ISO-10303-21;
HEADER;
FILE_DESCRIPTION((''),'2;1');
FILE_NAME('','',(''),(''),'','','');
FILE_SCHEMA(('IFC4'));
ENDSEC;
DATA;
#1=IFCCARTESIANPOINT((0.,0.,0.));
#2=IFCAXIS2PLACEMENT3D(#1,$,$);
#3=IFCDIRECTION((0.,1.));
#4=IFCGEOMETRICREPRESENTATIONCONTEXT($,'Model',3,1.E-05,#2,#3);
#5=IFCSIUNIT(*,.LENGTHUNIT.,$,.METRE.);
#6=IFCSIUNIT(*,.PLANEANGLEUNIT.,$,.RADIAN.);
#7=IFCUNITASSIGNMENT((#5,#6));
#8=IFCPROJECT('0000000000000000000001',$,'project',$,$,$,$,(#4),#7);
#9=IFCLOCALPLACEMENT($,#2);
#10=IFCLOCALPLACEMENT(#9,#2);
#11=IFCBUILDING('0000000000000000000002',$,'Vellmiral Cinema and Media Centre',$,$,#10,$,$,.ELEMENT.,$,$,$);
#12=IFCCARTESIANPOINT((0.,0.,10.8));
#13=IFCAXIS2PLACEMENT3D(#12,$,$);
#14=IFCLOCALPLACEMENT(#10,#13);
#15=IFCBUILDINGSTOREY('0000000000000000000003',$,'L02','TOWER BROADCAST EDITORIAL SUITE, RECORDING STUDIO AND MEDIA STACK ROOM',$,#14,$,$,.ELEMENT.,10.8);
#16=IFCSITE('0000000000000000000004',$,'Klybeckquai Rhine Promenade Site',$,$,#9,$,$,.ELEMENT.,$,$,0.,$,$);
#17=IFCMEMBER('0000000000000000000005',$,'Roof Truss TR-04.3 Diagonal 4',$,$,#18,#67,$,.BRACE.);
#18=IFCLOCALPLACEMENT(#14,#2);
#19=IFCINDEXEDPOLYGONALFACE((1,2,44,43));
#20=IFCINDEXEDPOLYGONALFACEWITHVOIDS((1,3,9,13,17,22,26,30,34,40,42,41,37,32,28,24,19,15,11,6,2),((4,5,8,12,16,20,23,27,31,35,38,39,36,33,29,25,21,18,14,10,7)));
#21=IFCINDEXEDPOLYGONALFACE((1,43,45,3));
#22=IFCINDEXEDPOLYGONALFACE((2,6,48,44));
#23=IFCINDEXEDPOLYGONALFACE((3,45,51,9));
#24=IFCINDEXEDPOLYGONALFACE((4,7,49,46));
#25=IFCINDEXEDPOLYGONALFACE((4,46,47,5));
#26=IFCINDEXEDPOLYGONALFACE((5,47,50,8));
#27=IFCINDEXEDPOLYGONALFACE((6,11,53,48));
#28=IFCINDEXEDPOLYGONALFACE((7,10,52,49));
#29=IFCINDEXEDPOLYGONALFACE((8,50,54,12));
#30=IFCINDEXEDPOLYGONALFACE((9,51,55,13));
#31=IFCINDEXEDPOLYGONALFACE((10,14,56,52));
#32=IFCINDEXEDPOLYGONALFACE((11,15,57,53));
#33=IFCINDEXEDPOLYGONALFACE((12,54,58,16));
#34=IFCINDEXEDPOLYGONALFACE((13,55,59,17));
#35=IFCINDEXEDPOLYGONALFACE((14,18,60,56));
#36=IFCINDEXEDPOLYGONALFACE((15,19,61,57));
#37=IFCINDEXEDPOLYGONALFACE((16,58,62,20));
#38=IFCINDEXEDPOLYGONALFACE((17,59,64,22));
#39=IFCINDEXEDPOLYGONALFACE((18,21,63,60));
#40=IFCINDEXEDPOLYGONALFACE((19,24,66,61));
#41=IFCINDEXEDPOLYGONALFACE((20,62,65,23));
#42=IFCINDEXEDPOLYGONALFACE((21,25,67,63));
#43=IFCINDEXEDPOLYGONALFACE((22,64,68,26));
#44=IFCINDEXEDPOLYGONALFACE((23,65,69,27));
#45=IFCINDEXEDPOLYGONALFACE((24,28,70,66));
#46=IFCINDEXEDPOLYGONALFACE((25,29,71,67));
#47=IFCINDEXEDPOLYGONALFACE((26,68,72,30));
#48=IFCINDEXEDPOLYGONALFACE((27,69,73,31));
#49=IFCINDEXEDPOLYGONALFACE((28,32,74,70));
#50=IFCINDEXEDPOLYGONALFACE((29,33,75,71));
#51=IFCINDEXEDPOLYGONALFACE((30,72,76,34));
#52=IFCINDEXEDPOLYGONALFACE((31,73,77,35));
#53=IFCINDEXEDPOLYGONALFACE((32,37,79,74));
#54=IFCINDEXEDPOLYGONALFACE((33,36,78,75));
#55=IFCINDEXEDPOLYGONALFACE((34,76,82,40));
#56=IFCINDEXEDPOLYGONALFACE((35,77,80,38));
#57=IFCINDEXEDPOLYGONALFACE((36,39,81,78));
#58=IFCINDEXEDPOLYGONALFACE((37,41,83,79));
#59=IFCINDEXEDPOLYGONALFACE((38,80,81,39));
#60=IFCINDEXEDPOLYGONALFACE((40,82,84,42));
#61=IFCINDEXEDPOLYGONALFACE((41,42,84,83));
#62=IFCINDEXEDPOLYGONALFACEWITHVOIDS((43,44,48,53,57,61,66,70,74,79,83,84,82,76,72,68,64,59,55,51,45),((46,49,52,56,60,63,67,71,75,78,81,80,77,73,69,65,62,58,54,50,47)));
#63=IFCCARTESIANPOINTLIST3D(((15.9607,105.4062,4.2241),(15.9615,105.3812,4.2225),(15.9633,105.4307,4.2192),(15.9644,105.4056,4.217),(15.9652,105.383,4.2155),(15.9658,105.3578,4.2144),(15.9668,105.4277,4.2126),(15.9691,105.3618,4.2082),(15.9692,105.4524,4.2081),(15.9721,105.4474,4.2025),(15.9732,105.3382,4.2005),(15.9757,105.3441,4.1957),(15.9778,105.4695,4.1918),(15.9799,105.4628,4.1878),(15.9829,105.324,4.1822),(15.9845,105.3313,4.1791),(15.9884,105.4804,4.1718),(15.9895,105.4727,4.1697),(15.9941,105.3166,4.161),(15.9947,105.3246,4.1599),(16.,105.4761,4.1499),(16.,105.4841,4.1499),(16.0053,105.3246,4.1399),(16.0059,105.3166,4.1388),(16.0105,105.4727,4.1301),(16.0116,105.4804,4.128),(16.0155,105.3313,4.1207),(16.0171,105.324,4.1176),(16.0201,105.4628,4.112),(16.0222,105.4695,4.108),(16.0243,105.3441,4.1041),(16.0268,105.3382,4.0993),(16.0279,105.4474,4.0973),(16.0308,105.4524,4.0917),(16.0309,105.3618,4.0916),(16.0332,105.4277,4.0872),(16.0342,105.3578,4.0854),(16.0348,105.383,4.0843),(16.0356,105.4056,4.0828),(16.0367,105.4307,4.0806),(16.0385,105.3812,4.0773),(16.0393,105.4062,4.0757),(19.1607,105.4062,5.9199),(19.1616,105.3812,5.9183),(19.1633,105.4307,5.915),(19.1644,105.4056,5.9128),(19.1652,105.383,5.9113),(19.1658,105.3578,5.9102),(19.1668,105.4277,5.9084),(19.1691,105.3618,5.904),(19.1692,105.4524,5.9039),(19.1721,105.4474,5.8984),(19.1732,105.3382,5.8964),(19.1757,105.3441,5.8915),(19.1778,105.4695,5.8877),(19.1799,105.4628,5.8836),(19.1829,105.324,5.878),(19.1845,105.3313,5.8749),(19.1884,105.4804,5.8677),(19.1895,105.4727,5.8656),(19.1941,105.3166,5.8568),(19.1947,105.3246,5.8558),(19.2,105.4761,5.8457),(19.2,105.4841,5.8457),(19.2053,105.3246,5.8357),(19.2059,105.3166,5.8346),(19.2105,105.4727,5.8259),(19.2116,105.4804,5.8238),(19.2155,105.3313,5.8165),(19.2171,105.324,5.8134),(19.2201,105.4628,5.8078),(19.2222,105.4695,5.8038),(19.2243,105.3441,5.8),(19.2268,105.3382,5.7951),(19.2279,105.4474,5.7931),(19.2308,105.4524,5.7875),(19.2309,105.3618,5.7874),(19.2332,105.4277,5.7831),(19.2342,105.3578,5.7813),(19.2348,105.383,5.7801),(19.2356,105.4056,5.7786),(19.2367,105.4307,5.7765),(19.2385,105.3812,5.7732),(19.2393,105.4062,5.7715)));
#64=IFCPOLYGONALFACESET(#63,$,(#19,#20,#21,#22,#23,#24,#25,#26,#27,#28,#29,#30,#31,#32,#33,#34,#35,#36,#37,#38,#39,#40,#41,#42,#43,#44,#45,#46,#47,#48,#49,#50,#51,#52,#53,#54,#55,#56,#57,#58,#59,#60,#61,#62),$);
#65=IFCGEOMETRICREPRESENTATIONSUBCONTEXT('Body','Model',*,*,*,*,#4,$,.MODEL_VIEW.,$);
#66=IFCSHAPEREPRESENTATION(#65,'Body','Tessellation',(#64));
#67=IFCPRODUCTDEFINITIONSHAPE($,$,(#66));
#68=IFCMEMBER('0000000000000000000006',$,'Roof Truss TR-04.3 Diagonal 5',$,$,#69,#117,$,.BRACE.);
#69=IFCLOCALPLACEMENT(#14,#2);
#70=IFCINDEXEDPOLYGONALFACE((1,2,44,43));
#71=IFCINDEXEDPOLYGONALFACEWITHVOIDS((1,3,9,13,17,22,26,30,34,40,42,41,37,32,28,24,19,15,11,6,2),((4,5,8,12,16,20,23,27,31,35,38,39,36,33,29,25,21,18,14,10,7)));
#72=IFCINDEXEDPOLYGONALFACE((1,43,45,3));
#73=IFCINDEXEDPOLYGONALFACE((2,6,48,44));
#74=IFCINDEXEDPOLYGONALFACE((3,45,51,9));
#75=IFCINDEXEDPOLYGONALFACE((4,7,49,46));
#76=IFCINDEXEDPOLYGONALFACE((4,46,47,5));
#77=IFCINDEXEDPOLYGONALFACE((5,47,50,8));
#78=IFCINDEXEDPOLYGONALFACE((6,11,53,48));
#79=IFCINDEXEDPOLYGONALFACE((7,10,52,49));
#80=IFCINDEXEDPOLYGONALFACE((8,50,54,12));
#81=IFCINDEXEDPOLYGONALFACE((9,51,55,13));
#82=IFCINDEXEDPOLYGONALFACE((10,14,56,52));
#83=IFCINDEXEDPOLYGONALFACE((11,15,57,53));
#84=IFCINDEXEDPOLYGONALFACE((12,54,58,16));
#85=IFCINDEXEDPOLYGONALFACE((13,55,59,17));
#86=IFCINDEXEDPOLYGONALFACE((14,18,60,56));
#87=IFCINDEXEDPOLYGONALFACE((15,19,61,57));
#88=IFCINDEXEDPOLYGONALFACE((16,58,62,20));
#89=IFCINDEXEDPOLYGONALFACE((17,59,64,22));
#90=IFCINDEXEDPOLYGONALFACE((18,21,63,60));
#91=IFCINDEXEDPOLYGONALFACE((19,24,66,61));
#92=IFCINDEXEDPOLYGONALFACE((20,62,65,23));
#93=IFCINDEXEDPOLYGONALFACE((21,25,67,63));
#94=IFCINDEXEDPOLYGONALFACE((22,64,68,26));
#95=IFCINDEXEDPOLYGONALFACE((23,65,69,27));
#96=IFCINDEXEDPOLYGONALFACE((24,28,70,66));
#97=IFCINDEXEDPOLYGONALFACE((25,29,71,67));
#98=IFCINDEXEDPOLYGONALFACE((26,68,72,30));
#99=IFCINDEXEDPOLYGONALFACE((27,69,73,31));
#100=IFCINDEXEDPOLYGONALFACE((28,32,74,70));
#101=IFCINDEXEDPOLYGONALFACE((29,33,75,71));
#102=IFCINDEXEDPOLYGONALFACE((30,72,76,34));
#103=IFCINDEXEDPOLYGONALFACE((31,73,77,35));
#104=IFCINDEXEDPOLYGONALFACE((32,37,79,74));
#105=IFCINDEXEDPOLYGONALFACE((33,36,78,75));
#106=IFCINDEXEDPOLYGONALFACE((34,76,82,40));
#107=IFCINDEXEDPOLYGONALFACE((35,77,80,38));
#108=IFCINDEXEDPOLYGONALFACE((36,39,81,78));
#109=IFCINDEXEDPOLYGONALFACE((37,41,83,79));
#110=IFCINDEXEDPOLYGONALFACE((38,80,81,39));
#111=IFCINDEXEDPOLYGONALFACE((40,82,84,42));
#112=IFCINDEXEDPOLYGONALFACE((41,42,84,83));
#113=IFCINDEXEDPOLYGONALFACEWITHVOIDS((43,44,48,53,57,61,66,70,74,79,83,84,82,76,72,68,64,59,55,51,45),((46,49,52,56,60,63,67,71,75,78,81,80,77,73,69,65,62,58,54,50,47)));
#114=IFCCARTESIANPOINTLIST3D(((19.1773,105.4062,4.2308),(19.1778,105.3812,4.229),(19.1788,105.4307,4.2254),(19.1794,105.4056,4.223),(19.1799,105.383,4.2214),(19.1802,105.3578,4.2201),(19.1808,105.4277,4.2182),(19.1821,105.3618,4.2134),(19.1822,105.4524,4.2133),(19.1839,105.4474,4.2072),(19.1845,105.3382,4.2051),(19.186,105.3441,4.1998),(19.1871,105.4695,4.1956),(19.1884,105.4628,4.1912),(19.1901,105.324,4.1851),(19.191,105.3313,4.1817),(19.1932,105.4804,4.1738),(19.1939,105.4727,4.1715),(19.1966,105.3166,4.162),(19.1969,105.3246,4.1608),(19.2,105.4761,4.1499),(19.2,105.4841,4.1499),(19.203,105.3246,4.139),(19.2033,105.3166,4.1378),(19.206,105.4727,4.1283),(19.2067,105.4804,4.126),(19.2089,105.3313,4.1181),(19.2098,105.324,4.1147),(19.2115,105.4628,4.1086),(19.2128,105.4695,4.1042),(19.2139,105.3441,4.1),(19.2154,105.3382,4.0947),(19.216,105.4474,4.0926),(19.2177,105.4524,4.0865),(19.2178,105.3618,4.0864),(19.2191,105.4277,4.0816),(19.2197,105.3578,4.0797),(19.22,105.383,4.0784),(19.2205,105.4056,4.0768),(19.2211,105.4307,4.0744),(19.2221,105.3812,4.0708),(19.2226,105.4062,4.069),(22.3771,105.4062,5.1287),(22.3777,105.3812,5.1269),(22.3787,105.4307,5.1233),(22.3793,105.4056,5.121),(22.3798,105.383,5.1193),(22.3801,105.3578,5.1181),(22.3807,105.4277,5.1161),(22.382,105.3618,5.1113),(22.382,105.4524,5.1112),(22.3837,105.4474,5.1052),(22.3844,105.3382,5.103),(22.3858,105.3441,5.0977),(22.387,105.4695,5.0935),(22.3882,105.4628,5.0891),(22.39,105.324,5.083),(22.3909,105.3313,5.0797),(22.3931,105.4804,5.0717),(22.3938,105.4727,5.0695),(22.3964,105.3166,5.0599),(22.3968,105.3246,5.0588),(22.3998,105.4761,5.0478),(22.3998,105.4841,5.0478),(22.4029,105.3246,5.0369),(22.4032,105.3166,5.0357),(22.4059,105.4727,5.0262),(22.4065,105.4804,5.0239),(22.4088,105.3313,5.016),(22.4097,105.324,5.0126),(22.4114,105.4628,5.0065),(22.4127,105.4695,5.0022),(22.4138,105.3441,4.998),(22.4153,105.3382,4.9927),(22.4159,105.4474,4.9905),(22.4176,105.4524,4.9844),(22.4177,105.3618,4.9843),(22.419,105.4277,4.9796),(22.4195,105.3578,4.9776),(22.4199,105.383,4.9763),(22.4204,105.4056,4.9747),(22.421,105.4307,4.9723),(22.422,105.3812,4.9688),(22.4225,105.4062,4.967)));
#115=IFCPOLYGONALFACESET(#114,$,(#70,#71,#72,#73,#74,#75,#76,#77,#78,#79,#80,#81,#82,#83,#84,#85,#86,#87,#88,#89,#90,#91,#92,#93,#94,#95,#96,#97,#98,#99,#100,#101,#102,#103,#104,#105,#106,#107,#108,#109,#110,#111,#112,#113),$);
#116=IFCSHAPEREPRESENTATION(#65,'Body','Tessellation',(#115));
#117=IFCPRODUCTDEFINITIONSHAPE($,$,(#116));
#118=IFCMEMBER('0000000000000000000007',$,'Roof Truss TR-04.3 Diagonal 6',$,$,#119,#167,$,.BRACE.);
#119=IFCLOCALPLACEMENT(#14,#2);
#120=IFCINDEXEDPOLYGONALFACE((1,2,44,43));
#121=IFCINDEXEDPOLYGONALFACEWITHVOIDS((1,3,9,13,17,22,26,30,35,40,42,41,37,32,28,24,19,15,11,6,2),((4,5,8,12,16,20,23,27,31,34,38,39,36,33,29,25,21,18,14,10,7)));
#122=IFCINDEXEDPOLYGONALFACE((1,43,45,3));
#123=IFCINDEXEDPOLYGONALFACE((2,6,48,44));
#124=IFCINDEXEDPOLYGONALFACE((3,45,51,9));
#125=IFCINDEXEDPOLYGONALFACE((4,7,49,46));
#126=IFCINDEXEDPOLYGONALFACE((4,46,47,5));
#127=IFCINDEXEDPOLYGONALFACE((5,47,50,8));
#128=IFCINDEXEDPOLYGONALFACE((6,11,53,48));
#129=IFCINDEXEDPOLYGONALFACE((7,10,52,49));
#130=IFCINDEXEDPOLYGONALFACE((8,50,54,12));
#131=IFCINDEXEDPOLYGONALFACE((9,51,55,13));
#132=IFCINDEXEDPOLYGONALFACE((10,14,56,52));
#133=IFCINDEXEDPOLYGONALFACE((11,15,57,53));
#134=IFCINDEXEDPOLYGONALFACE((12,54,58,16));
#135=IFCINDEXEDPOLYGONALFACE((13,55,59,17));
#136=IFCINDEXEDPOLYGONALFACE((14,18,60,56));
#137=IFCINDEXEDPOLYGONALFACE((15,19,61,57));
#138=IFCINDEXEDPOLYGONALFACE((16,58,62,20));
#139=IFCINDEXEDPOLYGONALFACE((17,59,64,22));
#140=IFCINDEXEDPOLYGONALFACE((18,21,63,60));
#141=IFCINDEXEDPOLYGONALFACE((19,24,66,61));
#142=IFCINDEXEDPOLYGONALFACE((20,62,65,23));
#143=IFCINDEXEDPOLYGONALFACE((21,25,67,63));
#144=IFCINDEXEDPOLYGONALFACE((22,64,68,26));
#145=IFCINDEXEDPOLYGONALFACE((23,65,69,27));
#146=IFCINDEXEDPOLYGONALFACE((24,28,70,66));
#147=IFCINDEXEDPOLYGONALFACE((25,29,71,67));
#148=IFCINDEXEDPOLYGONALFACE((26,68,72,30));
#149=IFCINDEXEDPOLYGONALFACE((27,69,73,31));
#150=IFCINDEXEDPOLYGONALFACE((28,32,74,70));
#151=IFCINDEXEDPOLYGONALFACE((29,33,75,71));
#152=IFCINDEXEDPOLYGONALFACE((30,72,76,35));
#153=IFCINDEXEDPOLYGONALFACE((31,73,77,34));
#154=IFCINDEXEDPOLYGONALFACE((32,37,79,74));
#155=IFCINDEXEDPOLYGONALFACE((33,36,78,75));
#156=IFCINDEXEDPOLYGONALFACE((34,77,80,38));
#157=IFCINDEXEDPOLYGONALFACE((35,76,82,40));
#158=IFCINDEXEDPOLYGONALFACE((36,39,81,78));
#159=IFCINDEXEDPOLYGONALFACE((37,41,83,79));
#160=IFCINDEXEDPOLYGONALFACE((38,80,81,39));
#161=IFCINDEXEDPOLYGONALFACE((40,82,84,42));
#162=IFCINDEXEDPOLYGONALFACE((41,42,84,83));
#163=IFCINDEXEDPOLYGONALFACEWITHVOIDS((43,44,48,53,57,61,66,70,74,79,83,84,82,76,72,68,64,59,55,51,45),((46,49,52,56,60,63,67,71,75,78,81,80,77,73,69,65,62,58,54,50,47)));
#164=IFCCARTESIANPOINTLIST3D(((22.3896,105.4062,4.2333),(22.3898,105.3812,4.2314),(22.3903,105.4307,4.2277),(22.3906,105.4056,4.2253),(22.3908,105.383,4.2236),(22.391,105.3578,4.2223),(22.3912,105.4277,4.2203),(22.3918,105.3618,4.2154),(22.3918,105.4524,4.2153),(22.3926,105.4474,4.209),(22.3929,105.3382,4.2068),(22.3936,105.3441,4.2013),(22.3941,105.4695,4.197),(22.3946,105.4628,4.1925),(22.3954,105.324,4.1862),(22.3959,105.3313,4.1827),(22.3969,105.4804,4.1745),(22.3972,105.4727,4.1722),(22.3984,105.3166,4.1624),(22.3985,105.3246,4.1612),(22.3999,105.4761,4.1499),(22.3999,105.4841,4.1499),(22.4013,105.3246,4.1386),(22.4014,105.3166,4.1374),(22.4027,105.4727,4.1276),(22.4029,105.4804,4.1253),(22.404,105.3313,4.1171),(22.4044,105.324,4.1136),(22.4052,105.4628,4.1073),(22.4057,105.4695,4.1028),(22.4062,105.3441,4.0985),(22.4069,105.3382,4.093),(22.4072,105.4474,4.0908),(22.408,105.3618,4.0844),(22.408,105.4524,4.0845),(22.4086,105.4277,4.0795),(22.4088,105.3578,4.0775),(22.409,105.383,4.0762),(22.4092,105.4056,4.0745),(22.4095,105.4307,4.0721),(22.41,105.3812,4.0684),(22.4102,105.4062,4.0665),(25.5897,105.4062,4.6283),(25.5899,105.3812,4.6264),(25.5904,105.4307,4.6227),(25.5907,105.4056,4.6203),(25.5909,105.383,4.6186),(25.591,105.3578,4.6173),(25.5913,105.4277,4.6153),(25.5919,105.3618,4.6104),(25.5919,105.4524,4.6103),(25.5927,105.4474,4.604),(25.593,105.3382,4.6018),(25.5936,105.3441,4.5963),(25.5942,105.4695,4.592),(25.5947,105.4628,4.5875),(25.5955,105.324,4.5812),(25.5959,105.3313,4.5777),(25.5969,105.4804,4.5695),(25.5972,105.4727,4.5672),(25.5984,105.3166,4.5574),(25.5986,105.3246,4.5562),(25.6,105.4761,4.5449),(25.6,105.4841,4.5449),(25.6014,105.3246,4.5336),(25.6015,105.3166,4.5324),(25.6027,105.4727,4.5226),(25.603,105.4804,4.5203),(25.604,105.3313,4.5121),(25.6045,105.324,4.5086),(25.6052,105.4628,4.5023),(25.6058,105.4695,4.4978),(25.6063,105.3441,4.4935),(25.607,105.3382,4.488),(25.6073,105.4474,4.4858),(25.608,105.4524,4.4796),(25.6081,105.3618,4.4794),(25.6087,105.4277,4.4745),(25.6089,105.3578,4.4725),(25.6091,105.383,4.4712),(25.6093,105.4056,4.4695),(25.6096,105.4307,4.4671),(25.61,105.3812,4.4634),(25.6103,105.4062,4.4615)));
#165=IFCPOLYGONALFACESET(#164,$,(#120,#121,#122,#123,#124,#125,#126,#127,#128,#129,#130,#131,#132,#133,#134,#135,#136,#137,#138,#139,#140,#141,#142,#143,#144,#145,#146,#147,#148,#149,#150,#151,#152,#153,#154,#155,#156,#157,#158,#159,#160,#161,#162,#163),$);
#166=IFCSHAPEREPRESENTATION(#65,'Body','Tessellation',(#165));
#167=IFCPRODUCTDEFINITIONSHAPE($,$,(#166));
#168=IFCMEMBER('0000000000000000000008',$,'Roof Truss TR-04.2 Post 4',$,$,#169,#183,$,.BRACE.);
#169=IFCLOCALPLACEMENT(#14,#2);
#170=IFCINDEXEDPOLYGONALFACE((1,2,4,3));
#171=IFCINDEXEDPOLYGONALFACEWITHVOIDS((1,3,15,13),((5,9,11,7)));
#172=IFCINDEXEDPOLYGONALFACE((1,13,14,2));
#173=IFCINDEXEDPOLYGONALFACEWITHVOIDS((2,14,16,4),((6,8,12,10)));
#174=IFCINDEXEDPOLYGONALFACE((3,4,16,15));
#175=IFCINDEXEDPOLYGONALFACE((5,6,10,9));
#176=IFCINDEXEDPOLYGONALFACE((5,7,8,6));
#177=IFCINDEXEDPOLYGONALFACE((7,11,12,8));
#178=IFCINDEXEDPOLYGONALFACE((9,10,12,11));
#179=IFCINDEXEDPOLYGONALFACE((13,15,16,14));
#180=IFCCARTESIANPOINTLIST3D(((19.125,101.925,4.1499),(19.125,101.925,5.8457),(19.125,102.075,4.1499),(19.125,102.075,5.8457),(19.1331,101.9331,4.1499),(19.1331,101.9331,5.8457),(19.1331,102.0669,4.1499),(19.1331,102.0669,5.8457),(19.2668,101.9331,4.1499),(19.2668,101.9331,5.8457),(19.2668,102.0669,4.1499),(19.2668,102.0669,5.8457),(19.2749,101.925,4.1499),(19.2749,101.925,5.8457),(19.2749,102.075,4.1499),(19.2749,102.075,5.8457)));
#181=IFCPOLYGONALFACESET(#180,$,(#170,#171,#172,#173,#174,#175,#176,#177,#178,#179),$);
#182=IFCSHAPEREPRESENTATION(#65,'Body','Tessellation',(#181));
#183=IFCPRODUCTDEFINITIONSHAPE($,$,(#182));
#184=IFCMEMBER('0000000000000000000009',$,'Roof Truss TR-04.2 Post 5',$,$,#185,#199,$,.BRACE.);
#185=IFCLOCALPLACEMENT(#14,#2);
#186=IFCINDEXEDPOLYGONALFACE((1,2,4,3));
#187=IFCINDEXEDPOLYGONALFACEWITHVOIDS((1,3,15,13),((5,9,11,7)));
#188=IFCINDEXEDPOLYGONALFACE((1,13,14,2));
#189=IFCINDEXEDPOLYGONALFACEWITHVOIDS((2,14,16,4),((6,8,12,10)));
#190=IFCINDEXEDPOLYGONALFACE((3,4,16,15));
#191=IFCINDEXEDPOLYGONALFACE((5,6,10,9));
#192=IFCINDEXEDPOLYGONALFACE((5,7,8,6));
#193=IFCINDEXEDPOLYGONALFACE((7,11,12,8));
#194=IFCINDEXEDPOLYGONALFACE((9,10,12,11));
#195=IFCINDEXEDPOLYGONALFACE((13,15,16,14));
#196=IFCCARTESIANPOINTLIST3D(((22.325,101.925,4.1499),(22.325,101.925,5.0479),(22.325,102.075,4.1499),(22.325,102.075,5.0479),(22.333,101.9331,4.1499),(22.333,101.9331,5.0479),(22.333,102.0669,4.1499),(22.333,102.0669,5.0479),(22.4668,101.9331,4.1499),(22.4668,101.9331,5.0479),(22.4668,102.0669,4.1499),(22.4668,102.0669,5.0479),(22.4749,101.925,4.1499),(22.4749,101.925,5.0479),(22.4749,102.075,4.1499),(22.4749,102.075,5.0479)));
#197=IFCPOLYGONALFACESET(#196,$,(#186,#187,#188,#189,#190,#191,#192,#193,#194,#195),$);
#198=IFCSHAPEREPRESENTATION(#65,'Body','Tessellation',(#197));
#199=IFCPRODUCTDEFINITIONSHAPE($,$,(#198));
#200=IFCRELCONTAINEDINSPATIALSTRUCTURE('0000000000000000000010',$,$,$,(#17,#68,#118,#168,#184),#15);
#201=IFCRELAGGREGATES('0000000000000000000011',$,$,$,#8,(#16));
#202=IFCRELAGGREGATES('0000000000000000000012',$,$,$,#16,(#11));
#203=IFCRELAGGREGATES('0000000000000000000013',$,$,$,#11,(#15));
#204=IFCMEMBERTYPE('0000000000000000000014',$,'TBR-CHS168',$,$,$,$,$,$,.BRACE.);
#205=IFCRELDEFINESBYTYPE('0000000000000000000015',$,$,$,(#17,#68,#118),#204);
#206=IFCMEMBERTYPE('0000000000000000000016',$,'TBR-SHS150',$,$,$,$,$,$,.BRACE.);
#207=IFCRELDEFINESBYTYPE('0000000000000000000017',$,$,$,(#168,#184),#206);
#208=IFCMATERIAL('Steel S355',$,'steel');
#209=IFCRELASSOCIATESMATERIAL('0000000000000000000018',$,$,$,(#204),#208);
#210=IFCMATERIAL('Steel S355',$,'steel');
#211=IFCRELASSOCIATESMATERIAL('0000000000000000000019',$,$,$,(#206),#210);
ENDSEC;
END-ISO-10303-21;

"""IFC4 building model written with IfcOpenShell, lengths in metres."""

from ifc_helpers import new_model, si_unit, direction, frame, origin, origin_2d, place, context, subcontext, project, spatial, hollow_rectangle, hollow_circle, extrude, material, material_profile, profile_set, type_object, element, save


model = new_model("IFC4")

# Units and contexts
model_context = context("Model", 3, precision=1e-05, world=origin(), true_north=direction((0.0, 1.0)))
body_context = subcontext(model_context, "Body", "Model", "MODEL_VIEW")
ifc_project = project(units=[si_unit("LENGTHUNIT", "METRE"), si_unit("PLANEANGLEUNIT", "RADIAN")], contexts=[model_context])

# Site, building, storey
site_placement = place(None, origin())
site = spatial("IfcSite", under=ifc_project, at=site_placement, Name="Klybeckquai Rhine Promenade Site", CompositionType="ELEMENT", RefElevation=0.0)
building_placement = place(site_placement, origin())
building = spatial("IfcBuilding", under=site, at=building_placement, Name="Vellmiral Cinema and Media Centre", CompositionType="ELEMENT")
storey_placement = place(building_placement, frame((0.0, 0.0, 10.8)))
storey = spatial("IfcBuildingStorey", under=building, at=storey_placement, Name="L02", Description="TOWER BROADCAST EDITORIAL SUITE, RECORDING STUDIO AND MEDIA STACK ROOM", CompositionType="ELEMENT", Elevation=10.8)

# Members
ifc_material_1 = material(Name="Steel S355", Category="steel")
ifc_material_profile_1 = material_profile(ifc_material_1, hollow_circle(Radius=0.0842, WallThickness=0.0081, at=origin_2d()), Name="CHS 168.3x8.0")
ifc_profile_set_1 = profile_set([ifc_material_profile_1], Name="Steel S355")
member_type_1 = type_object("IfcMemberType", Name="TBR-CHS168", PredefinedType="BRACE", material=ifc_profile_set_1)
member_1_placement = place(storey_placement, frame((16.0, 105.3999, 4.1499), z_axis=(0.883593, 0.0, 0.468256), x_axis=(0.0, 1.0, 0.0)))
element("IfcMember", 1, at=member_1_placement, inside=storey, type_object=member_type_1, Name="Roof Truss TR-04.3 Diagonal 4", PredefinedType="BRACE", context=body_context, shape_type="SweptSolid", body=[
    extrude(hollow_circle(Radius=0.0842, WallThickness=0.0081, at=origin_2d()), origin(), (0.0, 0.0, 1.0), 3.6216),
])
member_2_placement = place(storey_placement, frame((19.2, 105.3999, 4.1499), z_axis=(0.962811, 0.0, 0.270178), x_axis=(0.0, 1.0, 0.0)))
element("IfcMember", 2, at=member_2_placement, inside=storey, type_object=member_type_1, Name="Roof Truss TR-04.3 Diagonal 5", PredefinedType="BRACE", context=body_context, shape_type="SweptSolid", body=[
    extrude(hollow_circle(Radius=0.0842, WallThickness=0.0081, at=origin_2d()), origin(), (0.0, 0.0, 1.0), 3.3235),
])
member_3_placement = place(storey_placement, frame((22.3999, 105.3999, 4.1499), z_axis=(0.992468, 0.0, 0.122506), x_axis=(0.0, 1.0, 0.0)))
element("IfcMember", 3, at=member_3_placement, inside=storey, type_object=member_type_1, Name="Roof Truss TR-04.3 Diagonal 6", PredefinedType="BRACE", context=body_context, shape_type="SweptSolid", body=[
    extrude(hollow_circle(Radius=0.0842, WallThickness=0.0081, at=origin_2d()), origin(), (0.0, 0.0, 1.0), 3.2244),
])
ifc_material_2 = material(Name="Steel S355", Category="steel")
ifc_material_profile_2 = material_profile(ifc_material_2, hollow_rectangle(XDim=0.1499, YDim=0.1499, WallThickness=0.0081, at=origin_2d()), Name="SHS 150x150x8.0")
ifc_profile_set_2 = profile_set([ifc_material_profile_2], Name="Steel S355")
member_type_2 = type_object("IfcMemberType", Name="TBR-SHS150", PredefinedType="BRACE", material=ifc_profile_set_2)
member_4_placement = place(storey_placement, frame((19.2, 102.0, 4.1499), z_axis=(0.0, 0.0, 1.0), x_axis=(1.0, 0.0, 0.0)))
element("IfcMember", 4, at=member_4_placement, inside=storey, type_object=member_type_2, Name="Roof Truss TR-04.2 Post 4", PredefinedType="BRACE", context=body_context, shape_type="SweptSolid", body=[
    extrude(hollow_rectangle(XDim=0.1499, YDim=0.1499, WallThickness=0.0081, at=origin_2d()), origin(), (0.0, 0.0, 1.0), 1.6958),
])
member_5_placement = place(storey_placement, frame((22.3999, 102.0, 4.1499), z_axis=(0.0, 0.0, 1.0), x_axis=(1.0, 0.0, 0.0)))
element("IfcMember", 5, at=member_5_placement, inside=storey, type_object=member_type_2, Name="Roof Truss TR-04.2 Post 5", PredefinedType="BRACE", context=body_context, shape_type="SweptSolid", body=[
    extrude(hollow_rectangle(XDim=0.1499, YDim=0.1499, WallThickness=0.0081, at=origin_2d()), origin(), (0.0, 0.0, 1.0), 0.8979),
])

save(model, "model.ifc")
